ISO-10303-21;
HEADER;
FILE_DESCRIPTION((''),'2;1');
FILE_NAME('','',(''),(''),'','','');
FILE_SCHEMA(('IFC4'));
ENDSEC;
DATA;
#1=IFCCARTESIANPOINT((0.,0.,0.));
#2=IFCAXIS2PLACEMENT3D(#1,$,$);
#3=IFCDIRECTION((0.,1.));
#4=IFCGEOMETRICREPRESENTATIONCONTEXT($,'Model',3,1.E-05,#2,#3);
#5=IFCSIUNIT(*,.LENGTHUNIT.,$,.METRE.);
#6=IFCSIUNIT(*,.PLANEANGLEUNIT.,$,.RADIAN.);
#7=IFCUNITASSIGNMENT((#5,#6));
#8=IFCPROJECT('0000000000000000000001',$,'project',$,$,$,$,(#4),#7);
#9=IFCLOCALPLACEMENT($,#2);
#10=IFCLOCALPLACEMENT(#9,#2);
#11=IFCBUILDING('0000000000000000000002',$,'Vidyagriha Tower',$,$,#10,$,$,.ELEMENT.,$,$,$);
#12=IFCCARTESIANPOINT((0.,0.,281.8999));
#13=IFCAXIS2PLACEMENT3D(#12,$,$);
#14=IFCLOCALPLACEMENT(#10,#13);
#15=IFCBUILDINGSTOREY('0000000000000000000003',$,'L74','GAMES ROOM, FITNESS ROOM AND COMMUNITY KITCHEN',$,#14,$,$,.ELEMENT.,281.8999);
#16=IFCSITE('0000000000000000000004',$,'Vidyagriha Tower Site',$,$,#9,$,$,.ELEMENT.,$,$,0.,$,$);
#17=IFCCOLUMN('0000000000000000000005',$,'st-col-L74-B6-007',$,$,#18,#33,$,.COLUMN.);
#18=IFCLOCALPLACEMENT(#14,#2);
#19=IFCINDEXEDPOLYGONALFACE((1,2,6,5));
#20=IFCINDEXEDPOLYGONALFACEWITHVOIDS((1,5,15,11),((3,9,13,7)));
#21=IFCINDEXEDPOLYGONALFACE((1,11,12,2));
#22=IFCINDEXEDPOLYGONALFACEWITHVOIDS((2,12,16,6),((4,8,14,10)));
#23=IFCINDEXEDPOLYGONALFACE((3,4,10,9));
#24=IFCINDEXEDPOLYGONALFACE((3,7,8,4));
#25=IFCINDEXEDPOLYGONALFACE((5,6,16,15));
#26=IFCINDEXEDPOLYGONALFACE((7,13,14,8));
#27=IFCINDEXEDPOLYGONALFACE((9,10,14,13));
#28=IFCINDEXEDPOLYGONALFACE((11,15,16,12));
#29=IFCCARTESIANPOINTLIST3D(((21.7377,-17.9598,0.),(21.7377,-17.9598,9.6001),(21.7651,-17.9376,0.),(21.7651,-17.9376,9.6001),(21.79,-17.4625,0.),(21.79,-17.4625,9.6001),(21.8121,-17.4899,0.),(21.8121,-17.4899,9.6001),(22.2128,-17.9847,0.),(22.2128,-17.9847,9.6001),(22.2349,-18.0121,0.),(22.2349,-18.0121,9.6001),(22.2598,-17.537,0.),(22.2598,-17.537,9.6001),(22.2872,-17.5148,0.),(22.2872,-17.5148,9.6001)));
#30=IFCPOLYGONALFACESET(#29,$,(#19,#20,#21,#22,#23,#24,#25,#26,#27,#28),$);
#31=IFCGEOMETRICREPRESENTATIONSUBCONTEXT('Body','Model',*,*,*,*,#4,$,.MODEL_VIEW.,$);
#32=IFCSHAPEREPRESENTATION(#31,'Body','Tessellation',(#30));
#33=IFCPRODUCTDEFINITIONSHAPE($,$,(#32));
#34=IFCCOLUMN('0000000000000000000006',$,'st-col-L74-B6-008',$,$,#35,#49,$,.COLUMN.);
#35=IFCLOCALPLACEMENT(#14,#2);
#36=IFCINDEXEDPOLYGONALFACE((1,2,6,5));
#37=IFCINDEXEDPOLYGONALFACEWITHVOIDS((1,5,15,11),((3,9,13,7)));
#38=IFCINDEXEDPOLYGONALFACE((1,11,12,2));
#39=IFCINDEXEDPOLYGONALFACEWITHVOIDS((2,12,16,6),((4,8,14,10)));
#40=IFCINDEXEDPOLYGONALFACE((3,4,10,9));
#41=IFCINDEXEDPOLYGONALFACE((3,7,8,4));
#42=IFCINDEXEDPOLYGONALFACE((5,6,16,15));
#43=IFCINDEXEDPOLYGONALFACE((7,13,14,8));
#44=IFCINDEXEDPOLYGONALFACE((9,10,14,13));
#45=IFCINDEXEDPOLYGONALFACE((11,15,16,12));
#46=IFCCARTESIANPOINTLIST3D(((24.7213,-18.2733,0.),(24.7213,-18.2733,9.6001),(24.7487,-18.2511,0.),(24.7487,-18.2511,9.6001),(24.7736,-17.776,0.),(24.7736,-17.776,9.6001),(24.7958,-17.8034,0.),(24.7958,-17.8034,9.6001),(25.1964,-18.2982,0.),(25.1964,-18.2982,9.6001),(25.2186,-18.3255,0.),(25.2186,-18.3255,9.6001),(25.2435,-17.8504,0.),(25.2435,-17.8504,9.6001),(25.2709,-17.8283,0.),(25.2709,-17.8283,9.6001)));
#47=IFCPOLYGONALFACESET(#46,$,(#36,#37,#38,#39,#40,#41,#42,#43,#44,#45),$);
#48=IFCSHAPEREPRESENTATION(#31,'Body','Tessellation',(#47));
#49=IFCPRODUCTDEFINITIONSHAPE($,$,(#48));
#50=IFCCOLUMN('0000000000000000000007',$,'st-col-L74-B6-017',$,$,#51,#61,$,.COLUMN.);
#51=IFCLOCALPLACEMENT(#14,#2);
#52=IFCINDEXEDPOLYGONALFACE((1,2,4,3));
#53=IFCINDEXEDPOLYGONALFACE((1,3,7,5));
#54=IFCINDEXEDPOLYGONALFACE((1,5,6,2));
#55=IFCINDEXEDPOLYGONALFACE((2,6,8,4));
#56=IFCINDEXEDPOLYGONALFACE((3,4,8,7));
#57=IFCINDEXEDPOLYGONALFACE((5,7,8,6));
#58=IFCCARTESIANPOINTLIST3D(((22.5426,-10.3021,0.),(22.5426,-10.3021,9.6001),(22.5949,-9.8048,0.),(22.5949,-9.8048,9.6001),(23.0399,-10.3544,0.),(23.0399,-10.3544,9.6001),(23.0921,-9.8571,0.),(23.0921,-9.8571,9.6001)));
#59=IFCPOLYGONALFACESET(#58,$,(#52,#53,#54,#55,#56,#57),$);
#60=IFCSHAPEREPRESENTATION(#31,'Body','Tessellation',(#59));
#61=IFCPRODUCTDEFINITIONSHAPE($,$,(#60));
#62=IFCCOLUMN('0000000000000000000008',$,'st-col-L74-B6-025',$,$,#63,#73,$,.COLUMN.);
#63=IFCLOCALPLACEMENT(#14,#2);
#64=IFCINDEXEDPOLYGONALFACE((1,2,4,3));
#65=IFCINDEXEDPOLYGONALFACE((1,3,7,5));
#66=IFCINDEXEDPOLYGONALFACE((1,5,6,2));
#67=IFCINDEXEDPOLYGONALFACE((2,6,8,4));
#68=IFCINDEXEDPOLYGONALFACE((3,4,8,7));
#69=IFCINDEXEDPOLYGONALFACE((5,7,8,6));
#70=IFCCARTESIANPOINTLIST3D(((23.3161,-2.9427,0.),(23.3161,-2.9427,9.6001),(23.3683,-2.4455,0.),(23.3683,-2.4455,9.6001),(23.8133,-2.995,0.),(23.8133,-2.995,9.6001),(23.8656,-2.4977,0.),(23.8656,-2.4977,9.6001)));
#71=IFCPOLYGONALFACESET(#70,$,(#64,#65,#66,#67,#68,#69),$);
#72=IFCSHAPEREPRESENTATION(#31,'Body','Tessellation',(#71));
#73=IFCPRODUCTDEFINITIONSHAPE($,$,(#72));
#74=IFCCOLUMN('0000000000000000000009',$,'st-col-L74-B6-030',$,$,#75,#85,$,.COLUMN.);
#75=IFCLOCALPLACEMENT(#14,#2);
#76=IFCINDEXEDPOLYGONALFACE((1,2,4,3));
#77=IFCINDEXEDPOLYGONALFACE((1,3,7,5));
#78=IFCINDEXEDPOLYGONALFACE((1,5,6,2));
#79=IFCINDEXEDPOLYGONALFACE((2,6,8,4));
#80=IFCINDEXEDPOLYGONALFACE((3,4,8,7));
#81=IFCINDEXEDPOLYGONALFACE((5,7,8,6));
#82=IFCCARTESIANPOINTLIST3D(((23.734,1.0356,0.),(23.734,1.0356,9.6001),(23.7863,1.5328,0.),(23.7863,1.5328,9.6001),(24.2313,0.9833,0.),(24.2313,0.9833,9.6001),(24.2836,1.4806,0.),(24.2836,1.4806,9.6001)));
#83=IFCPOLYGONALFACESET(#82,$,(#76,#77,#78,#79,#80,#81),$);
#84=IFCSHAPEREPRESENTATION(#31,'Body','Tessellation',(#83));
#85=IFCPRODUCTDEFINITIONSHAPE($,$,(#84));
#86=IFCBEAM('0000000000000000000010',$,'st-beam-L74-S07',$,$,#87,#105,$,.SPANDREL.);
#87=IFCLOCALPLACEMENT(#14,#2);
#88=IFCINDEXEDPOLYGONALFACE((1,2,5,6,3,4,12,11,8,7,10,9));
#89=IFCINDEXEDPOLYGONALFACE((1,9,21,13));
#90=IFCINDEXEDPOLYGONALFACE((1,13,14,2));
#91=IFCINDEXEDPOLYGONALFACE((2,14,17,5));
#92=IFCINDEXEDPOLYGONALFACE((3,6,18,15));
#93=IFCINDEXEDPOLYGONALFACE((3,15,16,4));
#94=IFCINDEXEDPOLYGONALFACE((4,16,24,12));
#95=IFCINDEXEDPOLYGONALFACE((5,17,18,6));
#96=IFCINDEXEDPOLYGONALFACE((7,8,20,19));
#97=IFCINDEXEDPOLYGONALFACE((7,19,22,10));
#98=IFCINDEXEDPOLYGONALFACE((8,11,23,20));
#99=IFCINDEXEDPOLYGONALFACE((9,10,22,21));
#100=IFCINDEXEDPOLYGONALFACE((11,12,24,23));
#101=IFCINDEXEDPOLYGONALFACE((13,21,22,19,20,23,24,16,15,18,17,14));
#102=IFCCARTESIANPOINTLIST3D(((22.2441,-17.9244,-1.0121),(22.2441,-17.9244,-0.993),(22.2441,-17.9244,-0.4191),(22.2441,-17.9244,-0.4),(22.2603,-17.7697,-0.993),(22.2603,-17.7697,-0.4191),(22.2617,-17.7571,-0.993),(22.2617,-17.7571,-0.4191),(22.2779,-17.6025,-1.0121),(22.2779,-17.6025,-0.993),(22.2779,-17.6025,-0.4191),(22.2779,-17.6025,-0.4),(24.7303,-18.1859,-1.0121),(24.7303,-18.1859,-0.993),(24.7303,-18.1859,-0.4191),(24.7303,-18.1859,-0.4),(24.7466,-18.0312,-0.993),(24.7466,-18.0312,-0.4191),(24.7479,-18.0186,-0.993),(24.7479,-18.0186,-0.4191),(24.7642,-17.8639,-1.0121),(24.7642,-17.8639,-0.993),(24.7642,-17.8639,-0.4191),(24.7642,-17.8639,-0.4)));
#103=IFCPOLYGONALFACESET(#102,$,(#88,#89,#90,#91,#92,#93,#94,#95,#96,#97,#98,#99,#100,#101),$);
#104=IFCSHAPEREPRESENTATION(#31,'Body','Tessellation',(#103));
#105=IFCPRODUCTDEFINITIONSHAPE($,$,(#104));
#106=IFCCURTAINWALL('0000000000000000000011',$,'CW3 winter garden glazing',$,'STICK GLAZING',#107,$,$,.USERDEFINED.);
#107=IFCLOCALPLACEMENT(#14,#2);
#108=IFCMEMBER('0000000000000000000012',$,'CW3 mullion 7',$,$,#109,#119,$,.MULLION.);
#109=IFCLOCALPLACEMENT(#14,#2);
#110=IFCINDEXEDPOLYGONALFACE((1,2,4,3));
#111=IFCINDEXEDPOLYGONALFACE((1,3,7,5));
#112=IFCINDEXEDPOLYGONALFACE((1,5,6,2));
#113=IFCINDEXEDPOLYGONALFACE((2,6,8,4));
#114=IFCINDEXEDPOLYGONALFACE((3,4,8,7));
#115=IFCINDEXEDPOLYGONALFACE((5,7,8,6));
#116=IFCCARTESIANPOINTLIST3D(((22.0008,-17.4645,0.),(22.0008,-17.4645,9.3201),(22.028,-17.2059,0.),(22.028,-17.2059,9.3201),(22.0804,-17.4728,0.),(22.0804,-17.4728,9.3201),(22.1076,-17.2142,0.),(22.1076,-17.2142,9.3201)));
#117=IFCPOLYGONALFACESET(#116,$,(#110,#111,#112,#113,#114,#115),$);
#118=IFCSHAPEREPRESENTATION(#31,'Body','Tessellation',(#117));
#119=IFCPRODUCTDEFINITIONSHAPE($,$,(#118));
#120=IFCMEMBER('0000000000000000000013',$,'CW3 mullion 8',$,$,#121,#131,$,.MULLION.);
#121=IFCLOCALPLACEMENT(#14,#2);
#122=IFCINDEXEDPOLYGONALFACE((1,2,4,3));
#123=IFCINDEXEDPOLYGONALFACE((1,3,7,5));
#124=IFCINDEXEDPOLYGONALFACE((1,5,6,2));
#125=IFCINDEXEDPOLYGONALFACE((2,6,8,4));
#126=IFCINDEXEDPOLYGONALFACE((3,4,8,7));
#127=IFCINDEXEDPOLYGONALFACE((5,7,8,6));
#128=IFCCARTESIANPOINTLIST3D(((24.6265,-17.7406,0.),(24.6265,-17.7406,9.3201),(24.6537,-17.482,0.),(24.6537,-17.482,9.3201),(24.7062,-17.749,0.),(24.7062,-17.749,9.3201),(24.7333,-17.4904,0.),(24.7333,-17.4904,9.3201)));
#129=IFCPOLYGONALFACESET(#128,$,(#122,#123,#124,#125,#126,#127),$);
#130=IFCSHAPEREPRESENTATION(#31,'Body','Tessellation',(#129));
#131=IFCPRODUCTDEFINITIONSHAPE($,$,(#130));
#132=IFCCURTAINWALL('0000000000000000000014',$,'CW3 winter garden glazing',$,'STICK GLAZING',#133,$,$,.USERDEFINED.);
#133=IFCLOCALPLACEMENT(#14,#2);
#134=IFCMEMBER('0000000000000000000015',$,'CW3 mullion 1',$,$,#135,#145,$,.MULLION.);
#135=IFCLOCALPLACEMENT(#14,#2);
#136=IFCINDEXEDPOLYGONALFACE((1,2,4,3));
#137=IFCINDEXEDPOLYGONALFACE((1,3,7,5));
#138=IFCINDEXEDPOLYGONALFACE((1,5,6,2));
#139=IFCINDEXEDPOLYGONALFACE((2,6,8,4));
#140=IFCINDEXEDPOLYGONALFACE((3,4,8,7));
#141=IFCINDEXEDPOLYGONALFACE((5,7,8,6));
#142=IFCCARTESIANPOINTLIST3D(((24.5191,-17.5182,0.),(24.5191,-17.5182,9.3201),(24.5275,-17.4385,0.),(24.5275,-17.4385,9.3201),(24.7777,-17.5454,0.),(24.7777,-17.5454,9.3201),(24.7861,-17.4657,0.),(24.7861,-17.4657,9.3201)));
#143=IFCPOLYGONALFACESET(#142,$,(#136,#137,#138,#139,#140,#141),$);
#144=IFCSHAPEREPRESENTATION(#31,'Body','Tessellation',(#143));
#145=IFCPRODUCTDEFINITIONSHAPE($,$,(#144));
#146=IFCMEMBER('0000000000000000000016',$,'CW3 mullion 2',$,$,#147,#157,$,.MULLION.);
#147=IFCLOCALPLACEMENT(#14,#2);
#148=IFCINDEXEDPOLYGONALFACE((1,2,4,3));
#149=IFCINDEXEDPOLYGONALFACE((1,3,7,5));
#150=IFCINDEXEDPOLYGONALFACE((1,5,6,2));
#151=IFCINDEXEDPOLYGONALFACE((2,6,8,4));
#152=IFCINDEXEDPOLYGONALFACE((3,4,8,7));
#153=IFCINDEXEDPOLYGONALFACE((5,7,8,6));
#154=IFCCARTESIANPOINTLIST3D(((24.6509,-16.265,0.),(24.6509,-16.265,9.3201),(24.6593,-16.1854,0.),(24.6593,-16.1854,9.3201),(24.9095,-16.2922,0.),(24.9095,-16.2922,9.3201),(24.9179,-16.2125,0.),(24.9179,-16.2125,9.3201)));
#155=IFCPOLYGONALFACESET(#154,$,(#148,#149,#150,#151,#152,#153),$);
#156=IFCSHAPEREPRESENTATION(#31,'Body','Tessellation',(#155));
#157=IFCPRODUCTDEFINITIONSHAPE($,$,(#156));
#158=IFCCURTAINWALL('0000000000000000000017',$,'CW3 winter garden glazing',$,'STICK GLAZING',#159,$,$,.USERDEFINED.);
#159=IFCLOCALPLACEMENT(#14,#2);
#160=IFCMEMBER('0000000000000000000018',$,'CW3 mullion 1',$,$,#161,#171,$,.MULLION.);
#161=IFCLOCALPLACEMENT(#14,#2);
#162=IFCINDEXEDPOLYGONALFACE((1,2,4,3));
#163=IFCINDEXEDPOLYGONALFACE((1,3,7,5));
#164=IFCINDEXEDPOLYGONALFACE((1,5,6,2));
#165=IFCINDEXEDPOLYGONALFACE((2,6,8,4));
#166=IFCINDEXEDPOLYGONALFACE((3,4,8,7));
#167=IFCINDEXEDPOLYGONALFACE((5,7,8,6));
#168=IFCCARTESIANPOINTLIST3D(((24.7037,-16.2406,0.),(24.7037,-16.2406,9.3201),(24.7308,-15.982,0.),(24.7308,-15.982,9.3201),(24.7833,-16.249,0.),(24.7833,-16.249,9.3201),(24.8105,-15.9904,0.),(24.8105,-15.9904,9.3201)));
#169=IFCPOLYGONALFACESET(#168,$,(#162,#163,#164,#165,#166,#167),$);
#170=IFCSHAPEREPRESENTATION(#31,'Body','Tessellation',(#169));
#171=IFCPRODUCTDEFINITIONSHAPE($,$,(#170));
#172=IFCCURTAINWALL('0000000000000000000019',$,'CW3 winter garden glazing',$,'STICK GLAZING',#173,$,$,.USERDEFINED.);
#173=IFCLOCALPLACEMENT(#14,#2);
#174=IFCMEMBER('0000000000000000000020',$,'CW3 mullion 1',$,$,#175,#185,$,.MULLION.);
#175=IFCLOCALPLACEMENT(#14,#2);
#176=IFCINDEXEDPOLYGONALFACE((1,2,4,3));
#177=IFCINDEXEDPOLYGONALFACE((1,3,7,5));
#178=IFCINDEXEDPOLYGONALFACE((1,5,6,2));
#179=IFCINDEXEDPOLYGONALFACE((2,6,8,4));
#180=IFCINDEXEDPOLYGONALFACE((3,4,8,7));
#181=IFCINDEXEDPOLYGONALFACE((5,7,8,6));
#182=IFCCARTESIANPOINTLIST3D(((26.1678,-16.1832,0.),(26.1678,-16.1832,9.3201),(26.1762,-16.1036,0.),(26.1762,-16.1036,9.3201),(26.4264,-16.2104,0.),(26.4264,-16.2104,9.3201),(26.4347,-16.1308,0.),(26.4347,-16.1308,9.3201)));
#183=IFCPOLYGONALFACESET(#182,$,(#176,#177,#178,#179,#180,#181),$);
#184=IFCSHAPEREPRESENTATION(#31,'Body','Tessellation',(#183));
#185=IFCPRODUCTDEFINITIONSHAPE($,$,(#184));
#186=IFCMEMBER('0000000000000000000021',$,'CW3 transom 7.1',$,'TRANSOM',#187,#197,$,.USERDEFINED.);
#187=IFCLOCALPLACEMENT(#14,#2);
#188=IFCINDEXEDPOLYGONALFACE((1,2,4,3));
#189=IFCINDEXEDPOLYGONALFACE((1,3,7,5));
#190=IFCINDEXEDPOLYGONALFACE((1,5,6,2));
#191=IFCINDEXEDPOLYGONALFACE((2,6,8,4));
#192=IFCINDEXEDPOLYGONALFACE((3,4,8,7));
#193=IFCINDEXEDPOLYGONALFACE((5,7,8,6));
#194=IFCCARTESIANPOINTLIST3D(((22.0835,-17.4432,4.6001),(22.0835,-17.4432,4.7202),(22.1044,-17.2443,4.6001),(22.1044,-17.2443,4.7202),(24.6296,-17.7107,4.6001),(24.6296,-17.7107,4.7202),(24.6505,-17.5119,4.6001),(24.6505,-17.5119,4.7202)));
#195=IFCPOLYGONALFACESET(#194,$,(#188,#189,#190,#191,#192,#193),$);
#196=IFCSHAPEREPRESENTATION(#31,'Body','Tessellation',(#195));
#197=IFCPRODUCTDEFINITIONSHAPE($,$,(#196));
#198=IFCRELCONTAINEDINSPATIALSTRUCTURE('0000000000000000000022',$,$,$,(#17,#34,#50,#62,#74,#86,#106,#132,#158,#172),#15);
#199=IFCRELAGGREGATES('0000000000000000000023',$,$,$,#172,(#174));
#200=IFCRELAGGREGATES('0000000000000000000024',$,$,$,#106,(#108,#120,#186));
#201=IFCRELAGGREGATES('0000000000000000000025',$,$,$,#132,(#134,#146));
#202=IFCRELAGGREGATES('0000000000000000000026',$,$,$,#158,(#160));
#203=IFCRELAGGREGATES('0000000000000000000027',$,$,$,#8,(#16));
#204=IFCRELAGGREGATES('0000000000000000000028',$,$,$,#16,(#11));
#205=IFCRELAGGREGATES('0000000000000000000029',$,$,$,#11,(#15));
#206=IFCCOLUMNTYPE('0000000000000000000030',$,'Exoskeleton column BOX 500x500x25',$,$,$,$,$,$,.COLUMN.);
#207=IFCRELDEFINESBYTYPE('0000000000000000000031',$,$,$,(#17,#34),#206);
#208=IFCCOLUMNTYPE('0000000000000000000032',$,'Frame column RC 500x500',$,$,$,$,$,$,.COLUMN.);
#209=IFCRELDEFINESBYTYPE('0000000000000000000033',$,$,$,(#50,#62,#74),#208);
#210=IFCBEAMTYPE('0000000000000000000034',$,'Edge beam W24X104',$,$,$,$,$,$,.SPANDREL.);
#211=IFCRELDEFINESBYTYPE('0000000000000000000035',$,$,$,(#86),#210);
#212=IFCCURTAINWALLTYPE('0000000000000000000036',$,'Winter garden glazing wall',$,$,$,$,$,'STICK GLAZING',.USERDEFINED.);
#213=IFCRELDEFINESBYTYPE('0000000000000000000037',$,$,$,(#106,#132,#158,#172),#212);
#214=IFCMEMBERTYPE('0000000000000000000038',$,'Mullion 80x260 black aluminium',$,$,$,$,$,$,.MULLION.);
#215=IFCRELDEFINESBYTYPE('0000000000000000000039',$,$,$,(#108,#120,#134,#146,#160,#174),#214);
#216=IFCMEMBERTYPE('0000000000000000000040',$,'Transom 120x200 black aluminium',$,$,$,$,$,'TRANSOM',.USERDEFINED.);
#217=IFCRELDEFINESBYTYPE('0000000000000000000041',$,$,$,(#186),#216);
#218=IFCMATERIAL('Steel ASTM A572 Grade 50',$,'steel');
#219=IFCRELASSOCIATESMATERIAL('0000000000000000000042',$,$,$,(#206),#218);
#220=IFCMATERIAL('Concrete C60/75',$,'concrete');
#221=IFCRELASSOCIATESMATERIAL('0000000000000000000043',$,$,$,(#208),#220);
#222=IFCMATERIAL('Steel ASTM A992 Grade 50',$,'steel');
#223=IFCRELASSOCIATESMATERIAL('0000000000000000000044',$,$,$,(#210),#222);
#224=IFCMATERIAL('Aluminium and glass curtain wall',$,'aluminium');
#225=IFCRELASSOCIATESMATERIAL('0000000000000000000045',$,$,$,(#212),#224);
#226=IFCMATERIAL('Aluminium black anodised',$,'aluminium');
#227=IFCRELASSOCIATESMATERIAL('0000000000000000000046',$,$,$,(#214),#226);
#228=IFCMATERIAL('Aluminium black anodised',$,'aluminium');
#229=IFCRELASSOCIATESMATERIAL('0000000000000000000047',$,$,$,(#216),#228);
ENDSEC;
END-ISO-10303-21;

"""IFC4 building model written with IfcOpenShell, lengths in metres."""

from ifc_helpers import new_model, si_unit, direction, frame, origin, origin_2d, place, context, subcontext, project, spatial, rectangle, hollow_rectangle, i_section, extrude, material, material_profile, profile_set, type_object, element, aggregate, save


model = new_model("IFC4")

# Units and contexts
model_context = context("Model", 3, precision=1e-05, world=origin(), true_north=direction((0.0, 1.0)))
body_context = subcontext(model_context, "Body", "Model", "MODEL_VIEW")
ifc_project = project(units=[si_unit("LENGTHUNIT", "METRE"), si_unit("PLANEANGLEUNIT", "RADIAN")], contexts=[model_context])

# Site, building, storey
site_placement = place(None, origin())
site = spatial("IfcSite", under=ifc_project, at=site_placement, Name="Vidyagriha Tower Site", CompositionType="ELEMENT", RefElevation=0.0)
building_placement = place(site_placement, origin())
building = spatial("IfcBuilding", under=site, at=building_placement, Name="Vidyagriha Tower", CompositionType="ELEMENT")
storey_placement = place(building_placement, frame((0.0, 0.0, 281.8999)))
storey = spatial("IfcBuildingStorey", under=building, at=storey_placement, Name="L74", Description="GAMES ROOM, FITNESS ROOM AND COMMUNITY KITCHEN", CompositionType="ELEMENT", Elevation=281.8999)

# Columns
ifc_material_1 = material(Name="Steel ASTM A572 Grade 50", Category="steel")
ifc_material_profile_1 = material_profile(ifc_material_1, hollow_rectangle(XDim=0.5, YDim=0.5, WallThickness=0.0249, at=origin_2d()), Name="BOX 500x500x25")
ifc_profile_set_1 = profile_set([ifc_material_profile_1], Name="Steel ASTM A572 Grade 50")
column_type_1 = type_object("IfcColumnType", Name="Exoskeleton column BOX 500x500x25", PredefinedType="COLUMN", material=ifc_profile_set_1)
for number, where, z_axis, x_axis, name in (
    (1, (22.0125, -17.7373, 0.0), (0.0, 0.0, 1.0), (0.994522, -0.104528, 0.0), "st-col-L74-B6-007"),
    (2, (24.9961, -18.0508, 0.0), (0.0, 0.0, 1.0), (0.994522, -0.104528, 0.0), "st-col-L74-B6-008"),
):
    element("IfcColumn", number, at=place(storey_placement, frame(where, z_axis=z_axis, x_axis=x_axis)), inside=storey, type_object=column_type_1, Name=name, PredefinedType="COLUMN", context=body_context, shape_type="SweptSolid", body=[
        extrude(hollow_rectangle(XDim=0.5, YDim=0.5, WallThickness=0.0249, at=origin_2d()), origin(), (0.0, 0.0, 1.0), 9.6001),
    ])
ifc_material_2 = material(Name="Concrete C60/75", Category="concrete")
ifc_material_profile_2 = material_profile(ifc_material_2, rectangle(XDim=0.5, YDim=0.5, at=origin_2d()), Name="RC 500x500")
ifc_profile_set_2 = profile_set([ifc_material_profile_2], Name="Concrete C60/75")
column_type_2 = type_object("IfcColumnType", Name="Frame column RC 500x500", PredefinedType="COLUMN", material=ifc_profile_set_2)
for number, where, z_axis, x_axis, name in (
    (3, (22.8174, -10.0796, 0.0), (0.0, 0.0, 1.0), (0.994522, -0.104528, 0.0), "st-col-L74-B6-017"),
    (4, (23.5908, -2.7202, 0.0), (0.0, 0.0, 1.0), (0.994522, -0.104528, 0.0), "st-col-L74-B6-025"),
    (5, (24.0088, 1.2581, 0.0), (0.0, 0.0, 1.0), (0.994522, -0.104528, 0.0), "st-col-L74-B6-030"),
):
    element("IfcColumn", number, at=place(storey_placement, frame(where, z_axis=z_axis, x_axis=x_axis)), inside=storey, type_object=column_type_2, Name=name, PredefinedType="COLUMN", context=body_context, shape_type="SweptSolid", body=[
        extrude(rectangle(XDim=0.5, YDim=0.5, at=origin_2d()), origin(), (0.0, 0.0, 1.0), 9.6001),
    ])

# Beam
ifc_material_3 = material(Name="Steel ASTM A992 Grade 50", Category="steel")
ifc_material_profile_3 = material_profile(ifc_material_3, i_section(OverallWidth=0.3237, OverallDepth=0.6121, WebThickness=0.0127, FlangeThickness=0.019, at=origin_2d()), Name="W24X104")
ifc_profile_set_3 = profile_set([ifc_material_profile_3], Name="Steel ASTM A992 Grade 50")
beam_type = type_object("IfcBeamType", Name="Edge beam W24X104", PredefinedType="SPANDREL", material=ifc_profile_set_3)
beam_placement = place(storey_placement, frame((22.261, -17.7634, -0.7061), z_axis=(0.994516, -0.104588, 0.0), x_axis=(0.104588, 0.994516, 0.0)))
element("IfcBeam", 6, at=beam_placement, inside=storey, type_object=beam_type, Name="st-beam-L74-S07", PredefinedType="SPANDREL", context=body_context, shape_type="SweptSolid", body=[
    extrude(i_section(OverallWidth=0.3237, OverallDepth=0.6121, WebThickness=0.0127, FlangeThickness=0.019, at=origin_2d()), origin(), (0.0, 0.0, 1.0), 2.5),
])

# Curtain walls, members
ifc_material_4 = material(Name="Aluminium and glass curtain wall", Category="aluminium")
curtain_wall_type = type_object("IfcCurtainWallType", Name="Winter garden glazing wall", ElementType="STICK GLAZING", PredefinedType="USERDEFINED", material=ifc_material_4)
curtain_wall_1_placement = place(storey_placement, origin())
curtain_wall_1 = element("IfcCurtainWall", 7, at=curtain_wall_1_placement, inside=storey, type_object=curtain_wall_type, Name="CW3 winter garden glazing", ObjectType="STICK GLAZING", PredefinedType="USERDEFINED")
ifc_material_5 = material(Name="Aluminium black anodised", Category="aluminium")
ifc_material_profile_4 = material_profile(ifc_material_5, rectangle(XDim=0.26, YDim=0.0801, at=origin_2d()), Name="Mullion 80x260 black aluminium")
ifc_profile_set_4 = profile_set([ifc_material_profile_4], Name="Aluminium black anodised")
member_type_1 = type_object("IfcMemberType", Name="Mullion 80x260 black aluminium", PredefinedType="MULLION", material=ifc_profile_set_4)
member_1_placement = place(storey_placement, frame((22.0542, -17.3394, 0.0), z_axis=(0.0, 0.0, 1.0), x_axis=(0.104528, 0.994522, 0.0)))
member_1 = element("IfcMember", 8, at=member_1_placement, type_object=member_type_1, Name="CW3 mullion 7", PredefinedType="MULLION", context=body_context, shape_type="SweptSolid", body=[
    extrude(rectangle(XDim=0.26, YDim=0.0801, at=origin_2d()), origin(), (0.0, 0.0, 1.0), 9.3201),
])
member_2_placement = place(storey_placement, frame((24.6799, -17.6155, 0.0), z_axis=(0.0, 0.0, 1.0), x_axis=(0.104528, 0.994522, 0.0)))
member_2 = element("IfcMember", 9, at=member_2_placement, type_object=member_type_1, Name="CW3 mullion 8", PredefinedType="MULLION", context=body_context, shape_type="SweptSolid", body=[
    extrude(rectangle(XDim=0.26, YDim=0.0801, at=origin_2d()), origin(), (0.0, 0.0, 1.0), 9.3201),
])
curtain_wall_2_placement = place(storey_placement, origin())
curtain_wall_2 = element("IfcCurtainWall", 10, at=curtain_wall_2_placement, inside=storey, type_object=curtain_wall_type, Name="CW3 winter garden glazing", ObjectType="STICK GLAZING", PredefinedType="USERDEFINED")
member_3_placement = place(storey_placement, frame((24.6526, -17.4919, 0.0), z_axis=(0.0, 0.0, 1.0), x_axis=(-0.994519, 0.104557, 0.0)))
member_3 = element("IfcMember", 11, at=member_3_placement, type_object=member_type_1, Name="CW3 mullion 1", PredefinedType="MULLION", context=body_context, shape_type="SweptSolid", body=[
    extrude(rectangle(XDim=0.26, YDim=0.0801, at=origin_2d()), origin(), (0.0, 0.0, 1.0), 9.3201),
])
member_4_placement = place(storey_placement, frame((24.7844, -16.2388, 0.0), z_axis=(0.0, 0.0, 1.0), x_axis=(-0.994519, 0.104557, 0.0)))
member_4 = element("IfcMember", 12, at=member_4_placement, type_object=member_type_1, Name="CW3 mullion 2", PredefinedType="MULLION", context=body_context, shape_type="SweptSolid", body=[
    extrude(rectangle(XDim=0.26, YDim=0.0801, at=origin_2d()), origin(), (0.0, 0.0, 1.0), 9.3201),
])

# Curtain walls, members
curtain_wall_3_placement = place(storey_placement, origin())
curtain_wall_3 = element("IfcCurtainWall", 13, at=curtain_wall_3_placement, inside=storey, type_object=curtain_wall_type, Name="CW3 winter garden glazing", ObjectType="STICK GLAZING", PredefinedType="USERDEFINED")
member_5_placement = place(storey_placement, frame((24.7571, -16.1155, 0.0), z_axis=(0.0, 0.0, 1.0), x_axis=(0.104519, 0.994523, 0.0)))
member_5 = element("IfcMember", 14, at=member_5_placement, type_object=member_type_1, Name="CW3 mullion 1", PredefinedType="MULLION", context=body_context, shape_type="SweptSolid", body=[
    extrude(rectangle(XDim=0.26, YDim=0.0801, at=origin_2d()), origin(), (0.0, 0.0, 1.0), 9.3201),
])
curtain_wall_4_placement = place(storey_placement, origin())
curtain_wall_4 = element("IfcCurtainWall", 15, at=curtain_wall_4_placement, inside=storey, type_object=curtain_wall_type, Name="CW3 winter garden glazing", ObjectType="STICK GLAZING", PredefinedType="USERDEFINED")
member_6_placement = place(storey_placement, frame((26.3013, -16.157, 0.0), z_axis=(0.0, 0.0, 1.0), x_axis=(-0.99452, 0.104549, 0.0)))
member_6 = element("IfcMember", 16, at=member_6_placement, type_object=member_type_1, Name="CW3 mullion 1", PredefinedType="MULLION", context=body_context, shape_type="SweptSolid", body=[
    extrude(rectangle(XDim=0.26, YDim=0.0801, at=origin_2d()), origin(), (0.0, 0.0, 1.0), 9.3201),
])
aggregate(curtain_wall_4, [member_6])

# Member
ifc_material_6 = material(Name="Aluminium black anodised", Category="aluminium")
ifc_material_profile_5 = material_profile(ifc_material_6, rectangle(XDim=0.2, YDim=0.1201, at=origin_2d()), Name="Transom 120x200 black aluminium")
ifc_profile_set_5 = profile_set([ifc_material_profile_5], Name="Aluminium black anodised")
member_type_2 = type_object("IfcMemberType", Name="Transom 120x200 black aluminium", ElementType="TRANSOM", PredefinedType="USERDEFINED", material=ifc_profile_set_5)
member_7_placement = place(storey_placement, frame((22.094, -17.3438, 4.6602), z_axis=(0.994523, -0.104516, 0.0), x_axis=(0.104516, 0.994523, 0.0)))
member_7 = element("IfcMember", 17, at=member_7_placement, type_object=member_type_2, Name="CW3 transom 7.1", ObjectType="TRANSOM", PredefinedType="USERDEFINED", context=body_context, shape_type="SweptSolid", body=[
    extrude(rectangle(XDim=0.2, YDim=0.1201, at=origin_2d()), origin(), (0.0, 0.0, 1.0), 2.5601),
])

aggregate(curtain_wall_1, [member_1, member_2, member_7])
aggregate(curtain_wall_2, [member_3, member_4])
aggregate(curtain_wall_3, [member_5])

save(model, "model.ifc")
